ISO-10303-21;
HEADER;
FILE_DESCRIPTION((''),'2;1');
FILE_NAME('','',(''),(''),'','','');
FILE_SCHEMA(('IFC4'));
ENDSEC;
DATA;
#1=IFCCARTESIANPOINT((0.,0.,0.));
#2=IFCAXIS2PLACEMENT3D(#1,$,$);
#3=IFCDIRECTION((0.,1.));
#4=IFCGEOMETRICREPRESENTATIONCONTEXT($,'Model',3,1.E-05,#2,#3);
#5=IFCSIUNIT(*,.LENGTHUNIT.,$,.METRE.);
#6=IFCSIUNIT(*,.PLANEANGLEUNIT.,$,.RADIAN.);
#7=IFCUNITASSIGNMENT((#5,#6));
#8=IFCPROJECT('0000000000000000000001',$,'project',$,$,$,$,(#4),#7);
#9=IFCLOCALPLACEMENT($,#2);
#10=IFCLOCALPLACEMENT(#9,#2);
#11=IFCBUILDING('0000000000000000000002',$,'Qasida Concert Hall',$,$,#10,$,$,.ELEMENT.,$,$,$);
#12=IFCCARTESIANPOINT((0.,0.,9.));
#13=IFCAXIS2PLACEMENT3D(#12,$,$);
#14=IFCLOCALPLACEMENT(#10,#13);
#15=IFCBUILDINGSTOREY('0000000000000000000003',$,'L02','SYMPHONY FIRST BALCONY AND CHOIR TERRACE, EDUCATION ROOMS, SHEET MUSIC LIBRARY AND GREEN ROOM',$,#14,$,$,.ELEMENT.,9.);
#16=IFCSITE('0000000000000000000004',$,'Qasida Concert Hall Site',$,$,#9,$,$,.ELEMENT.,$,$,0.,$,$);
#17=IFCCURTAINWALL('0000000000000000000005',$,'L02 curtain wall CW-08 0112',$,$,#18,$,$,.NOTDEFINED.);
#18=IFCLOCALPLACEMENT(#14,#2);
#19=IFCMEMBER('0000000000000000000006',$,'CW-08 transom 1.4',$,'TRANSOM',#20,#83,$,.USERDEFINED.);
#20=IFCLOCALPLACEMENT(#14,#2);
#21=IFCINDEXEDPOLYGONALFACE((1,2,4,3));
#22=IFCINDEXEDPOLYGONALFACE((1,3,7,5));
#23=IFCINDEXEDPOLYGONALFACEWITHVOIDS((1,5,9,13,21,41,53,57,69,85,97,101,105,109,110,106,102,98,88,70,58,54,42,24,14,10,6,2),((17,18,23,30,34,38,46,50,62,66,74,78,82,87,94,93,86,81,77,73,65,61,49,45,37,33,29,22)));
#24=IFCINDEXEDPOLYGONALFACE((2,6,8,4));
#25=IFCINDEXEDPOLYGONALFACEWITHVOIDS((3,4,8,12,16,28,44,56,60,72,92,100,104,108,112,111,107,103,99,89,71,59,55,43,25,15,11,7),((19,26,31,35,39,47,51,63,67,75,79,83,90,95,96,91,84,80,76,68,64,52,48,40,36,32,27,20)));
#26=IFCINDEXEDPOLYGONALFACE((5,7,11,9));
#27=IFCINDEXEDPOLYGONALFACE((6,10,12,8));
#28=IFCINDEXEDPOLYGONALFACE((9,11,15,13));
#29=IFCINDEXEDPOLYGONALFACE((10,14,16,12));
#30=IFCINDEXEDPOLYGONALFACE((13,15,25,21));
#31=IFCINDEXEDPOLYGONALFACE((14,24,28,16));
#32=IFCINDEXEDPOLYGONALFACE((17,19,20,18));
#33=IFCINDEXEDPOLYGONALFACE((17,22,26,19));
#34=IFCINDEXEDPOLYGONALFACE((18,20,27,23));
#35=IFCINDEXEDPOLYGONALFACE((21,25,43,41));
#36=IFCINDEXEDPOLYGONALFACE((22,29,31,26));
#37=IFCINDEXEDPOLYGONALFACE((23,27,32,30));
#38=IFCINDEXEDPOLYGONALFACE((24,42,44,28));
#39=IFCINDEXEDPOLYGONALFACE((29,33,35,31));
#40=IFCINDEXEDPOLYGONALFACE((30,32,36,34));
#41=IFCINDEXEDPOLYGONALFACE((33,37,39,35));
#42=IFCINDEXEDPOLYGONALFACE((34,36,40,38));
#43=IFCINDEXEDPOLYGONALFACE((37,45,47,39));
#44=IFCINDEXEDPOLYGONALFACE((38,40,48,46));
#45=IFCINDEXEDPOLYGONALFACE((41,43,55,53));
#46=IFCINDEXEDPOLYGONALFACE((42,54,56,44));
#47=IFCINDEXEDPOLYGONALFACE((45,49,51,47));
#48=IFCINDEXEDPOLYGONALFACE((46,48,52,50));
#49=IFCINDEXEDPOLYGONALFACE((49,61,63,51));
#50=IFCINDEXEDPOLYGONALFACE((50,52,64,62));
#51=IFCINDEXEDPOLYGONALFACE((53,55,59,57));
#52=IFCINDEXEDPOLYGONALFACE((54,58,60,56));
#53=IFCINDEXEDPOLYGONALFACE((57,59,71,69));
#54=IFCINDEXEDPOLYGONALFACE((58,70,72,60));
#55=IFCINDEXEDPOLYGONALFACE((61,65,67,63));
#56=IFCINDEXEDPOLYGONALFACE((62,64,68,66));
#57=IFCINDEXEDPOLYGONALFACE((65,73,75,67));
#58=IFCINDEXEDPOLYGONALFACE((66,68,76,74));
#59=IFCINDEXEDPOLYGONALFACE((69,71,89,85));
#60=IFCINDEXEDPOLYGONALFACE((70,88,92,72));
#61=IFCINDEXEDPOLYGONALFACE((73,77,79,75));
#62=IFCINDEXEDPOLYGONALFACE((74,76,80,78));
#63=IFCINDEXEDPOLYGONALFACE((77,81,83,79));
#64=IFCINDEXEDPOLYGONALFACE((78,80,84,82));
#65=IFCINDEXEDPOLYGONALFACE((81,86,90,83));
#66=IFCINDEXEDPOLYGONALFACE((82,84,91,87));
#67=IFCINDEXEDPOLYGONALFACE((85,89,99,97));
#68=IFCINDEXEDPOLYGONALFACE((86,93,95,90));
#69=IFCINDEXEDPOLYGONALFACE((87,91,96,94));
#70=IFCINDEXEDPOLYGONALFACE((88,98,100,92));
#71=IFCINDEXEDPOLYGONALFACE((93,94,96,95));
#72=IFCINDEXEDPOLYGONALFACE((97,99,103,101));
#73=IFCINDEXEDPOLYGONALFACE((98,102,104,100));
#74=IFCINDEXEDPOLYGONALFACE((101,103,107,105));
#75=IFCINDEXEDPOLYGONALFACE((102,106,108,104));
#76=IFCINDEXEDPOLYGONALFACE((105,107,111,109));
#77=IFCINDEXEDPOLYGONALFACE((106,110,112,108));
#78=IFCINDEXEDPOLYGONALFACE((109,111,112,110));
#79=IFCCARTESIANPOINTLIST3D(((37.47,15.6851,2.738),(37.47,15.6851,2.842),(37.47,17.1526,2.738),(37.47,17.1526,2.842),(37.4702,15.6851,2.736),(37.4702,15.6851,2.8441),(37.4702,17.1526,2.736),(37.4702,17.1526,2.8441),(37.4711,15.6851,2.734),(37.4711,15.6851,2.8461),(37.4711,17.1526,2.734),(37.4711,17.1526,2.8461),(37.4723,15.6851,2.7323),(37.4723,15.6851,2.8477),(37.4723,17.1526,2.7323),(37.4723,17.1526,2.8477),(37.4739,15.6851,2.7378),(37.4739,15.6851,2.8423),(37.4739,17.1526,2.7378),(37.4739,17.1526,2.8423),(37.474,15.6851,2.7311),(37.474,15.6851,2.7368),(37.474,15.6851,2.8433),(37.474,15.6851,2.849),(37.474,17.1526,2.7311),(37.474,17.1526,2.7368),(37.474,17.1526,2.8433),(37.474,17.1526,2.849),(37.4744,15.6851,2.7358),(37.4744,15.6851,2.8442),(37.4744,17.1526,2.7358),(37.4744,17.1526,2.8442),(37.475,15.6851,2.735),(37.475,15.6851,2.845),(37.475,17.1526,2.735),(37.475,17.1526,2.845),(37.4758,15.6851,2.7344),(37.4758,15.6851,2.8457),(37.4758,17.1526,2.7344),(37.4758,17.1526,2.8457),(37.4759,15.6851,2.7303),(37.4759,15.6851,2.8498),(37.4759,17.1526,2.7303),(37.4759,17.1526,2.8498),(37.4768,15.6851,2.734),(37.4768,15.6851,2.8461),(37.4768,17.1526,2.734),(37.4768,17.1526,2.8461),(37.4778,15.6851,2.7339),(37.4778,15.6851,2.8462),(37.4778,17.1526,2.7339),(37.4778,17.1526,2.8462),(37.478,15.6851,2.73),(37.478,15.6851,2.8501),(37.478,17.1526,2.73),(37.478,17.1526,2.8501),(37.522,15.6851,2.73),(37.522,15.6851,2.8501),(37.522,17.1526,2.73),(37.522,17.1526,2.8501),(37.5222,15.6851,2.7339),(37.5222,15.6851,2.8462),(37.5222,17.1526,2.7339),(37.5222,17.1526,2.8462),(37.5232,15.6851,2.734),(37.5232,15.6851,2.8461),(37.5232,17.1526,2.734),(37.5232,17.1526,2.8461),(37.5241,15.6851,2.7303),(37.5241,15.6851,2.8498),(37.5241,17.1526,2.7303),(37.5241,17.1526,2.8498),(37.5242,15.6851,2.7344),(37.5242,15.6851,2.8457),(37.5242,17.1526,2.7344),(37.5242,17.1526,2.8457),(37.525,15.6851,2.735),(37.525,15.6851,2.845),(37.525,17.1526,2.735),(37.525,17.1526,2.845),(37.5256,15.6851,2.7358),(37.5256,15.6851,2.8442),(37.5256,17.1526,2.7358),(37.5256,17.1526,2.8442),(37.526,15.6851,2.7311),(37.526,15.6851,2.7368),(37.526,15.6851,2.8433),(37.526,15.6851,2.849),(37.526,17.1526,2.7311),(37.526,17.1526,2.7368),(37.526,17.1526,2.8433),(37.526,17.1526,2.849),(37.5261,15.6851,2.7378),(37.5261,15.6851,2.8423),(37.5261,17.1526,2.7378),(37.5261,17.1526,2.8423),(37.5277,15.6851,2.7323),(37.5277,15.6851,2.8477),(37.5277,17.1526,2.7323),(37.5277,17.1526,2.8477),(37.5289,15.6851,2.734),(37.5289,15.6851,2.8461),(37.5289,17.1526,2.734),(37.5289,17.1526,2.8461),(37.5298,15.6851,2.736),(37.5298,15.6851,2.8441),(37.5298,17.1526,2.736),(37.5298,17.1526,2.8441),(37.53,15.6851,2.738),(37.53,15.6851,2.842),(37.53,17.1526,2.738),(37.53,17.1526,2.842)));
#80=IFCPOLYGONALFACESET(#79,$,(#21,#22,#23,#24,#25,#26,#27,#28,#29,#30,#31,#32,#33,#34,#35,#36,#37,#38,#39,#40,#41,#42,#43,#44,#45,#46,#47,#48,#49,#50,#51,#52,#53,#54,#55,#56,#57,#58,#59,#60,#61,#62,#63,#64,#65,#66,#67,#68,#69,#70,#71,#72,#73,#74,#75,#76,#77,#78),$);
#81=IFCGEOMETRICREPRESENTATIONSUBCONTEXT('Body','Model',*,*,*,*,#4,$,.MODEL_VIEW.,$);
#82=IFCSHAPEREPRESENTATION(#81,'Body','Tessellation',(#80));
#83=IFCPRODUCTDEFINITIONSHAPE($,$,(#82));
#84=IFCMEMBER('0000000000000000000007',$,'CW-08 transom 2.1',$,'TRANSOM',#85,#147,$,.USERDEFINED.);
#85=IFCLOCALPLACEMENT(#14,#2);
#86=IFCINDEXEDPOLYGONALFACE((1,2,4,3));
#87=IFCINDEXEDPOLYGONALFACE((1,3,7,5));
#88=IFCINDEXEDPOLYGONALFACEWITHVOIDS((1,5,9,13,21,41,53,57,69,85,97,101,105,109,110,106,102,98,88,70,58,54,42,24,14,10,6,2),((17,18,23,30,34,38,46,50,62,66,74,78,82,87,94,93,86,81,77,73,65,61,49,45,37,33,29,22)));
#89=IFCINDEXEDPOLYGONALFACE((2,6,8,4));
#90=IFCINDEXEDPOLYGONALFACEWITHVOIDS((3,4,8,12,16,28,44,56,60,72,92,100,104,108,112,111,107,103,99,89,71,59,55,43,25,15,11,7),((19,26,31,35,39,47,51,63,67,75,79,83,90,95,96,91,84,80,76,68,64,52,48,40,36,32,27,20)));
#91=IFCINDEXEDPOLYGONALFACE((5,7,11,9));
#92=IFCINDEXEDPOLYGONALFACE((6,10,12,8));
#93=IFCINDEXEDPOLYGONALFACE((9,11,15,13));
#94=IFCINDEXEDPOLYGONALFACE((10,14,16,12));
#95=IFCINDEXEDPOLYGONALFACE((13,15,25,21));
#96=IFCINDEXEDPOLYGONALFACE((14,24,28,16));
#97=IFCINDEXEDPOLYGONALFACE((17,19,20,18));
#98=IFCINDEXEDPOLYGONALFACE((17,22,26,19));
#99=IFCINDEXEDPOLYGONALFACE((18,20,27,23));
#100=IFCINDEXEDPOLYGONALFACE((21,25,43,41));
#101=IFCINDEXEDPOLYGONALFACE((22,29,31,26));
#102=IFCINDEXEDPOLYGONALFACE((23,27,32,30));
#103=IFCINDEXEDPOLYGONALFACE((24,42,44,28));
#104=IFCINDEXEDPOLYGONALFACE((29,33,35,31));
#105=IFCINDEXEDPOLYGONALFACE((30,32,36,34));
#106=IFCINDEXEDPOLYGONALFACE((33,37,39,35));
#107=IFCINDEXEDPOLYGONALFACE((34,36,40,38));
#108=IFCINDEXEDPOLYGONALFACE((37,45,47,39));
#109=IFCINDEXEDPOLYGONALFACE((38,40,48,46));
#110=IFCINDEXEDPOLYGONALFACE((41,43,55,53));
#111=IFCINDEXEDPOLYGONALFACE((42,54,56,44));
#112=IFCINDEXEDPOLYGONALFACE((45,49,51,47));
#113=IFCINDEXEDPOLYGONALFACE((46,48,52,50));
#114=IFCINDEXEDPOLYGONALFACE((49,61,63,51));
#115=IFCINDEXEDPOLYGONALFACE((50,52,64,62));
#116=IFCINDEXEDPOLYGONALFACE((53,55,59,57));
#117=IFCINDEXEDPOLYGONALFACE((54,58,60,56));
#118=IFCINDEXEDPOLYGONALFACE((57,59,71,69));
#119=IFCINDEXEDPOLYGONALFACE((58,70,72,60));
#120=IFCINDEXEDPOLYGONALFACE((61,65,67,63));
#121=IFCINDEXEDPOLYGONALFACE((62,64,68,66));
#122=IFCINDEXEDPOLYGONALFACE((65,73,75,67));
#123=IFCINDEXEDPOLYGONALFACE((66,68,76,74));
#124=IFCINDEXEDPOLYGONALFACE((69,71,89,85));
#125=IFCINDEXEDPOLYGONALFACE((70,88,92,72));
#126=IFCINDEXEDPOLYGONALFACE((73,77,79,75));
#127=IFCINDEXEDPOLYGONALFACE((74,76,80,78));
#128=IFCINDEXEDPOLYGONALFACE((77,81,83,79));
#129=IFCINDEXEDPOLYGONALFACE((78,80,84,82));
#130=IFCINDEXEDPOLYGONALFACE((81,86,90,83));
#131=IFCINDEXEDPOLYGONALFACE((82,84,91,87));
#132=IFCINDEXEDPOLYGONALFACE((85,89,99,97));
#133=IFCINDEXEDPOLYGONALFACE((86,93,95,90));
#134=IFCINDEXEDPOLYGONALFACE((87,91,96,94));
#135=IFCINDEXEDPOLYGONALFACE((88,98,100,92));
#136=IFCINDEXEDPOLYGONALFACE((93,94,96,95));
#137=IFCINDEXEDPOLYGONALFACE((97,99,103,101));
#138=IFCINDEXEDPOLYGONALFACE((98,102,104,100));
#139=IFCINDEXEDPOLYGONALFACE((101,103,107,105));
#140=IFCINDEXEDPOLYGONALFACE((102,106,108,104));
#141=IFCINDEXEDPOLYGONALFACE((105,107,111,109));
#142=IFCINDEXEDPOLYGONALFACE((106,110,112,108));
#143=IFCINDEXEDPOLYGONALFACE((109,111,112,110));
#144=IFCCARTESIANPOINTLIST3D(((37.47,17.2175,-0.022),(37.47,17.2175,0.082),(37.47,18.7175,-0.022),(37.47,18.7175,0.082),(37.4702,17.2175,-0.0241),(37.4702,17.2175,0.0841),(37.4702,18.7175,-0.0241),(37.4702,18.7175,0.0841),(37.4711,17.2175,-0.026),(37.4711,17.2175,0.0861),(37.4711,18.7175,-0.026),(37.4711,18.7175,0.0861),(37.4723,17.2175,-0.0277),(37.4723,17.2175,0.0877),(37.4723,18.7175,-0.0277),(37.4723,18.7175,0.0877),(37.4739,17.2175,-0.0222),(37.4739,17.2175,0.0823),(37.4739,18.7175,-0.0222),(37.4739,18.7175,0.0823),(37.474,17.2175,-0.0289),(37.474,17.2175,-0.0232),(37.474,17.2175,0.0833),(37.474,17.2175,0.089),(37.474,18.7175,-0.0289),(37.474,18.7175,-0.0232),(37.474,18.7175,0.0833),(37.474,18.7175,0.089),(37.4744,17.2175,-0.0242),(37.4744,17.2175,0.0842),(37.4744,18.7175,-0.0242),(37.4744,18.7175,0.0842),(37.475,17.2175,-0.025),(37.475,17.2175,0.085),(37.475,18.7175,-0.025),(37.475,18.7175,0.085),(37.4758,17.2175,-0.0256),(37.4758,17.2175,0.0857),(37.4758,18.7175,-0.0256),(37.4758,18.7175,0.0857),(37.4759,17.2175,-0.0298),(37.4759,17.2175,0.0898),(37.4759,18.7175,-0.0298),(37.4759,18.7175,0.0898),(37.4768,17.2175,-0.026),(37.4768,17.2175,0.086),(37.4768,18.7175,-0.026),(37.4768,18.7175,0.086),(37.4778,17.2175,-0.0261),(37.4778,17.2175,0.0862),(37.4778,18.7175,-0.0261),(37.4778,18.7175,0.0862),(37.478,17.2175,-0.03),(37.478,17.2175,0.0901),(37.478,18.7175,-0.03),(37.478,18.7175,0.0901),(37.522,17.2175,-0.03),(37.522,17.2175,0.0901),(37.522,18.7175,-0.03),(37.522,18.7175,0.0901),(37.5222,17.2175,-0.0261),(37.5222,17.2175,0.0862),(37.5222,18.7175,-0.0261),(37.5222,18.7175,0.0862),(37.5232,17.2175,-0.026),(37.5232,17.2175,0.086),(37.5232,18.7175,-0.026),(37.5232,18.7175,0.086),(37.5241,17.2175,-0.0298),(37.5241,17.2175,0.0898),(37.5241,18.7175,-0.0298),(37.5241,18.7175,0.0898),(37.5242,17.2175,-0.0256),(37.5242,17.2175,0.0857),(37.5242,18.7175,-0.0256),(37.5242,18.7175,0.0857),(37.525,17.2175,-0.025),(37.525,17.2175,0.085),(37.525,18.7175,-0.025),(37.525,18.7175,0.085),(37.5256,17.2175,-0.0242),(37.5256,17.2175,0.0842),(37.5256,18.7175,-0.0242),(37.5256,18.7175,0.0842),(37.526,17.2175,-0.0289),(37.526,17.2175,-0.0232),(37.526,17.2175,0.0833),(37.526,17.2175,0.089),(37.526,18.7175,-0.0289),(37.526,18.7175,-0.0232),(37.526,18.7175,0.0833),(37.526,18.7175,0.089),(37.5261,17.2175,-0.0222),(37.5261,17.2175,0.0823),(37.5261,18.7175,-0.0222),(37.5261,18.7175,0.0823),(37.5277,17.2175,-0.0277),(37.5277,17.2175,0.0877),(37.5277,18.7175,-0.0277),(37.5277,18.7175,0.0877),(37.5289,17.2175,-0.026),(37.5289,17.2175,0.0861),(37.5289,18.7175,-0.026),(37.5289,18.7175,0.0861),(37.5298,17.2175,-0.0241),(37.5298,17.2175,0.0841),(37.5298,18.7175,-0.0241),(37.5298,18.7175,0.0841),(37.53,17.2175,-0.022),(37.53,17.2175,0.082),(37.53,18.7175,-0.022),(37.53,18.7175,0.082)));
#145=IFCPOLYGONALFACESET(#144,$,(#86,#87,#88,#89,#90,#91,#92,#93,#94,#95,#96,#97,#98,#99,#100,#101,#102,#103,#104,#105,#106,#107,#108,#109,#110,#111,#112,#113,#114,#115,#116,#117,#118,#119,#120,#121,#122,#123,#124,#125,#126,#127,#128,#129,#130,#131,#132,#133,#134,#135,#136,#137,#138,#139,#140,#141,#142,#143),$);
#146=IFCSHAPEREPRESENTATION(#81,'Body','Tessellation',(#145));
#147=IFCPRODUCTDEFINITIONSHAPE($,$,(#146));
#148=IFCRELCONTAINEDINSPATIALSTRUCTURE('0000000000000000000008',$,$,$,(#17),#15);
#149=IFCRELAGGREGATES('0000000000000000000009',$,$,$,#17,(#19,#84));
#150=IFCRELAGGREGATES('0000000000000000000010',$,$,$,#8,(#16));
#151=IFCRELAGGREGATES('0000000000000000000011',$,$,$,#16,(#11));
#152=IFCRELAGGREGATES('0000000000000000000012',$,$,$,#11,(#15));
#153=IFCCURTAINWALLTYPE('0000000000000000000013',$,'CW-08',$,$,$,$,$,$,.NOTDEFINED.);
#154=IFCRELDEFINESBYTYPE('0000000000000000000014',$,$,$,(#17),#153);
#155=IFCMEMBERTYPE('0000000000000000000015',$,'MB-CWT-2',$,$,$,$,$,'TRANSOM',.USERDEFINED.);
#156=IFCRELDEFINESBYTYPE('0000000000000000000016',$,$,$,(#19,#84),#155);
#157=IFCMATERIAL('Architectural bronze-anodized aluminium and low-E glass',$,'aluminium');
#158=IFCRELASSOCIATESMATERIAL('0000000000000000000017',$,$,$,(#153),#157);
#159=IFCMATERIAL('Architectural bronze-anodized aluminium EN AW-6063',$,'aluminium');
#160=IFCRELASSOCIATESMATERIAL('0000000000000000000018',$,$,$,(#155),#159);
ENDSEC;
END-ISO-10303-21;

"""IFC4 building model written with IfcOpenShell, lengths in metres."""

from ifc_helpers import new_model, si_unit, direction, frame, origin, origin_2d, place, context, subcontext, project, spatial, hollow_rectangle, extrude, material, material_profile, profile_set, type_object, element, aggregate, save


model = new_model("IFC4")

# Units and contexts
model_context = context("Model", 3, precision=1e-05, world=origin(), true_north=direction((0.0, 1.0)))
body_context = subcontext(model_context, "Body", "Model", "MODEL_VIEW")
ifc_project = project(units=[si_unit("LENGTHUNIT", "METRE"), si_unit("PLANEANGLEUNIT", "RADIAN")], contexts=[model_context])

# Site, building, storey
site_placement = place(None, origin())
site = spatial("IfcSite", under=ifc_project, at=site_placement, Name="Qasida Concert Hall Site", CompositionType="ELEMENT", RefElevation=0.0)
building_placement = place(site_placement, origin())
building = spatial("IfcBuilding", under=site, at=building_placement, Name="Qasida Concert Hall", CompositionType="ELEMENT")
storey_placement = place(building_placement, frame((0.0, 0.0, 9.0)))
storey = spatial("IfcBuildingStorey", under=building, at=storey_placement, Name="L02", Description="SYMPHONY FIRST BALCONY AND CHOIR TERRACE, EDUCATION ROOMS, SHEET MUSIC LIBRARY AND GREEN ROOM", CompositionType="ELEMENT", Elevation=9.0)

# Curtain wall
ifc_material_1 = material(Name="Architectural bronze-anodized aluminium and low-E glass", Category="aluminium")
curtain_wall_type = type_object("IfcCurtainWallType", Name="CW-08", PredefinedType="NOTDEFINED", material=ifc_material_1)
ifc_material_2 = material(Name="Architectural bronze-anodized aluminium EN AW-6063", Category="aluminium")
curtain_wall_1_placement = place(storey_placement, origin())
curtain_wall_1 = element("IfcCurtainWall", 1, at=curtain_wall_1_placement, inside=storey, type_object=curtain_wall_type, Name="L02 curtain wall CW-08 0112", PredefinedType="NOTDEFINED")

# Members
ifc_material_profile_1 = material_profile(ifc_material_2, hollow_rectangle(XDim=0.0601, YDim=0.1201, WallThickness=0.0039, InnerFilletRadius=0.0039, OuterFilletRadius=0.0081, at=origin_2d()), Name="CWT 120x60x4")
ifc_profile_set_1 = profile_set([ifc_material_profile_1], Name="Architectural bronze-anodized aluminium EN AW-6063")
member_type_1 = type_object("IfcMemberType", Name="MB-CWT-2", ElementType="TRANSOM", PredefinedType="USERDEFINED", material=ifc_profile_set_1)
member_1_placement = place(storey_placement, frame((37.5, 15.6851, 2.79), z_axis=(0.0, 1.0, 0.0), x_axis=(-1.0, 0.0, 0.0)))
member_1 = element("IfcMember", 2, at=member_1_placement, type_object=member_type_1, Name="CW-08 transom 1.4", ObjectType="TRANSOM", PredefinedType="USERDEFINED", context=body_context, shape_type="SweptSolid", body=[
    extrude(hollow_rectangle(XDim=0.0601, YDim=0.1201, WallThickness=0.0039, InnerFilletRadius=0.0039, OuterFilletRadius=0.0081, at=origin_2d()), origin(), (0.0, 0.0, 1.0), 1.4675),
])
member_2_placement = place(storey_placement, frame((37.5, 17.2175, 0.03), z_axis=(0.0, 1.0, 0.0), x_axis=(-1.0, 0.0, 0.0)))
member_2 = element("IfcMember", 3, at=member_2_placement, type_object=member_type_1, Name="CW-08 transom 2.1", ObjectType="TRANSOM", PredefinedType="USERDEFINED", context=body_context, shape_type="SweptSolid", body=[
    extrude(hollow_rectangle(XDim=0.0601, YDim=0.1201, WallThickness=0.0039, InnerFilletRadius=0.0039, OuterFilletRadius=0.0081, at=origin_2d()), origin(), (0.0, 0.0, 1.0), 1.5),
])

aggregate(curtain_wall_1, [member_1, member_2])

save(model, "model.ifc")
